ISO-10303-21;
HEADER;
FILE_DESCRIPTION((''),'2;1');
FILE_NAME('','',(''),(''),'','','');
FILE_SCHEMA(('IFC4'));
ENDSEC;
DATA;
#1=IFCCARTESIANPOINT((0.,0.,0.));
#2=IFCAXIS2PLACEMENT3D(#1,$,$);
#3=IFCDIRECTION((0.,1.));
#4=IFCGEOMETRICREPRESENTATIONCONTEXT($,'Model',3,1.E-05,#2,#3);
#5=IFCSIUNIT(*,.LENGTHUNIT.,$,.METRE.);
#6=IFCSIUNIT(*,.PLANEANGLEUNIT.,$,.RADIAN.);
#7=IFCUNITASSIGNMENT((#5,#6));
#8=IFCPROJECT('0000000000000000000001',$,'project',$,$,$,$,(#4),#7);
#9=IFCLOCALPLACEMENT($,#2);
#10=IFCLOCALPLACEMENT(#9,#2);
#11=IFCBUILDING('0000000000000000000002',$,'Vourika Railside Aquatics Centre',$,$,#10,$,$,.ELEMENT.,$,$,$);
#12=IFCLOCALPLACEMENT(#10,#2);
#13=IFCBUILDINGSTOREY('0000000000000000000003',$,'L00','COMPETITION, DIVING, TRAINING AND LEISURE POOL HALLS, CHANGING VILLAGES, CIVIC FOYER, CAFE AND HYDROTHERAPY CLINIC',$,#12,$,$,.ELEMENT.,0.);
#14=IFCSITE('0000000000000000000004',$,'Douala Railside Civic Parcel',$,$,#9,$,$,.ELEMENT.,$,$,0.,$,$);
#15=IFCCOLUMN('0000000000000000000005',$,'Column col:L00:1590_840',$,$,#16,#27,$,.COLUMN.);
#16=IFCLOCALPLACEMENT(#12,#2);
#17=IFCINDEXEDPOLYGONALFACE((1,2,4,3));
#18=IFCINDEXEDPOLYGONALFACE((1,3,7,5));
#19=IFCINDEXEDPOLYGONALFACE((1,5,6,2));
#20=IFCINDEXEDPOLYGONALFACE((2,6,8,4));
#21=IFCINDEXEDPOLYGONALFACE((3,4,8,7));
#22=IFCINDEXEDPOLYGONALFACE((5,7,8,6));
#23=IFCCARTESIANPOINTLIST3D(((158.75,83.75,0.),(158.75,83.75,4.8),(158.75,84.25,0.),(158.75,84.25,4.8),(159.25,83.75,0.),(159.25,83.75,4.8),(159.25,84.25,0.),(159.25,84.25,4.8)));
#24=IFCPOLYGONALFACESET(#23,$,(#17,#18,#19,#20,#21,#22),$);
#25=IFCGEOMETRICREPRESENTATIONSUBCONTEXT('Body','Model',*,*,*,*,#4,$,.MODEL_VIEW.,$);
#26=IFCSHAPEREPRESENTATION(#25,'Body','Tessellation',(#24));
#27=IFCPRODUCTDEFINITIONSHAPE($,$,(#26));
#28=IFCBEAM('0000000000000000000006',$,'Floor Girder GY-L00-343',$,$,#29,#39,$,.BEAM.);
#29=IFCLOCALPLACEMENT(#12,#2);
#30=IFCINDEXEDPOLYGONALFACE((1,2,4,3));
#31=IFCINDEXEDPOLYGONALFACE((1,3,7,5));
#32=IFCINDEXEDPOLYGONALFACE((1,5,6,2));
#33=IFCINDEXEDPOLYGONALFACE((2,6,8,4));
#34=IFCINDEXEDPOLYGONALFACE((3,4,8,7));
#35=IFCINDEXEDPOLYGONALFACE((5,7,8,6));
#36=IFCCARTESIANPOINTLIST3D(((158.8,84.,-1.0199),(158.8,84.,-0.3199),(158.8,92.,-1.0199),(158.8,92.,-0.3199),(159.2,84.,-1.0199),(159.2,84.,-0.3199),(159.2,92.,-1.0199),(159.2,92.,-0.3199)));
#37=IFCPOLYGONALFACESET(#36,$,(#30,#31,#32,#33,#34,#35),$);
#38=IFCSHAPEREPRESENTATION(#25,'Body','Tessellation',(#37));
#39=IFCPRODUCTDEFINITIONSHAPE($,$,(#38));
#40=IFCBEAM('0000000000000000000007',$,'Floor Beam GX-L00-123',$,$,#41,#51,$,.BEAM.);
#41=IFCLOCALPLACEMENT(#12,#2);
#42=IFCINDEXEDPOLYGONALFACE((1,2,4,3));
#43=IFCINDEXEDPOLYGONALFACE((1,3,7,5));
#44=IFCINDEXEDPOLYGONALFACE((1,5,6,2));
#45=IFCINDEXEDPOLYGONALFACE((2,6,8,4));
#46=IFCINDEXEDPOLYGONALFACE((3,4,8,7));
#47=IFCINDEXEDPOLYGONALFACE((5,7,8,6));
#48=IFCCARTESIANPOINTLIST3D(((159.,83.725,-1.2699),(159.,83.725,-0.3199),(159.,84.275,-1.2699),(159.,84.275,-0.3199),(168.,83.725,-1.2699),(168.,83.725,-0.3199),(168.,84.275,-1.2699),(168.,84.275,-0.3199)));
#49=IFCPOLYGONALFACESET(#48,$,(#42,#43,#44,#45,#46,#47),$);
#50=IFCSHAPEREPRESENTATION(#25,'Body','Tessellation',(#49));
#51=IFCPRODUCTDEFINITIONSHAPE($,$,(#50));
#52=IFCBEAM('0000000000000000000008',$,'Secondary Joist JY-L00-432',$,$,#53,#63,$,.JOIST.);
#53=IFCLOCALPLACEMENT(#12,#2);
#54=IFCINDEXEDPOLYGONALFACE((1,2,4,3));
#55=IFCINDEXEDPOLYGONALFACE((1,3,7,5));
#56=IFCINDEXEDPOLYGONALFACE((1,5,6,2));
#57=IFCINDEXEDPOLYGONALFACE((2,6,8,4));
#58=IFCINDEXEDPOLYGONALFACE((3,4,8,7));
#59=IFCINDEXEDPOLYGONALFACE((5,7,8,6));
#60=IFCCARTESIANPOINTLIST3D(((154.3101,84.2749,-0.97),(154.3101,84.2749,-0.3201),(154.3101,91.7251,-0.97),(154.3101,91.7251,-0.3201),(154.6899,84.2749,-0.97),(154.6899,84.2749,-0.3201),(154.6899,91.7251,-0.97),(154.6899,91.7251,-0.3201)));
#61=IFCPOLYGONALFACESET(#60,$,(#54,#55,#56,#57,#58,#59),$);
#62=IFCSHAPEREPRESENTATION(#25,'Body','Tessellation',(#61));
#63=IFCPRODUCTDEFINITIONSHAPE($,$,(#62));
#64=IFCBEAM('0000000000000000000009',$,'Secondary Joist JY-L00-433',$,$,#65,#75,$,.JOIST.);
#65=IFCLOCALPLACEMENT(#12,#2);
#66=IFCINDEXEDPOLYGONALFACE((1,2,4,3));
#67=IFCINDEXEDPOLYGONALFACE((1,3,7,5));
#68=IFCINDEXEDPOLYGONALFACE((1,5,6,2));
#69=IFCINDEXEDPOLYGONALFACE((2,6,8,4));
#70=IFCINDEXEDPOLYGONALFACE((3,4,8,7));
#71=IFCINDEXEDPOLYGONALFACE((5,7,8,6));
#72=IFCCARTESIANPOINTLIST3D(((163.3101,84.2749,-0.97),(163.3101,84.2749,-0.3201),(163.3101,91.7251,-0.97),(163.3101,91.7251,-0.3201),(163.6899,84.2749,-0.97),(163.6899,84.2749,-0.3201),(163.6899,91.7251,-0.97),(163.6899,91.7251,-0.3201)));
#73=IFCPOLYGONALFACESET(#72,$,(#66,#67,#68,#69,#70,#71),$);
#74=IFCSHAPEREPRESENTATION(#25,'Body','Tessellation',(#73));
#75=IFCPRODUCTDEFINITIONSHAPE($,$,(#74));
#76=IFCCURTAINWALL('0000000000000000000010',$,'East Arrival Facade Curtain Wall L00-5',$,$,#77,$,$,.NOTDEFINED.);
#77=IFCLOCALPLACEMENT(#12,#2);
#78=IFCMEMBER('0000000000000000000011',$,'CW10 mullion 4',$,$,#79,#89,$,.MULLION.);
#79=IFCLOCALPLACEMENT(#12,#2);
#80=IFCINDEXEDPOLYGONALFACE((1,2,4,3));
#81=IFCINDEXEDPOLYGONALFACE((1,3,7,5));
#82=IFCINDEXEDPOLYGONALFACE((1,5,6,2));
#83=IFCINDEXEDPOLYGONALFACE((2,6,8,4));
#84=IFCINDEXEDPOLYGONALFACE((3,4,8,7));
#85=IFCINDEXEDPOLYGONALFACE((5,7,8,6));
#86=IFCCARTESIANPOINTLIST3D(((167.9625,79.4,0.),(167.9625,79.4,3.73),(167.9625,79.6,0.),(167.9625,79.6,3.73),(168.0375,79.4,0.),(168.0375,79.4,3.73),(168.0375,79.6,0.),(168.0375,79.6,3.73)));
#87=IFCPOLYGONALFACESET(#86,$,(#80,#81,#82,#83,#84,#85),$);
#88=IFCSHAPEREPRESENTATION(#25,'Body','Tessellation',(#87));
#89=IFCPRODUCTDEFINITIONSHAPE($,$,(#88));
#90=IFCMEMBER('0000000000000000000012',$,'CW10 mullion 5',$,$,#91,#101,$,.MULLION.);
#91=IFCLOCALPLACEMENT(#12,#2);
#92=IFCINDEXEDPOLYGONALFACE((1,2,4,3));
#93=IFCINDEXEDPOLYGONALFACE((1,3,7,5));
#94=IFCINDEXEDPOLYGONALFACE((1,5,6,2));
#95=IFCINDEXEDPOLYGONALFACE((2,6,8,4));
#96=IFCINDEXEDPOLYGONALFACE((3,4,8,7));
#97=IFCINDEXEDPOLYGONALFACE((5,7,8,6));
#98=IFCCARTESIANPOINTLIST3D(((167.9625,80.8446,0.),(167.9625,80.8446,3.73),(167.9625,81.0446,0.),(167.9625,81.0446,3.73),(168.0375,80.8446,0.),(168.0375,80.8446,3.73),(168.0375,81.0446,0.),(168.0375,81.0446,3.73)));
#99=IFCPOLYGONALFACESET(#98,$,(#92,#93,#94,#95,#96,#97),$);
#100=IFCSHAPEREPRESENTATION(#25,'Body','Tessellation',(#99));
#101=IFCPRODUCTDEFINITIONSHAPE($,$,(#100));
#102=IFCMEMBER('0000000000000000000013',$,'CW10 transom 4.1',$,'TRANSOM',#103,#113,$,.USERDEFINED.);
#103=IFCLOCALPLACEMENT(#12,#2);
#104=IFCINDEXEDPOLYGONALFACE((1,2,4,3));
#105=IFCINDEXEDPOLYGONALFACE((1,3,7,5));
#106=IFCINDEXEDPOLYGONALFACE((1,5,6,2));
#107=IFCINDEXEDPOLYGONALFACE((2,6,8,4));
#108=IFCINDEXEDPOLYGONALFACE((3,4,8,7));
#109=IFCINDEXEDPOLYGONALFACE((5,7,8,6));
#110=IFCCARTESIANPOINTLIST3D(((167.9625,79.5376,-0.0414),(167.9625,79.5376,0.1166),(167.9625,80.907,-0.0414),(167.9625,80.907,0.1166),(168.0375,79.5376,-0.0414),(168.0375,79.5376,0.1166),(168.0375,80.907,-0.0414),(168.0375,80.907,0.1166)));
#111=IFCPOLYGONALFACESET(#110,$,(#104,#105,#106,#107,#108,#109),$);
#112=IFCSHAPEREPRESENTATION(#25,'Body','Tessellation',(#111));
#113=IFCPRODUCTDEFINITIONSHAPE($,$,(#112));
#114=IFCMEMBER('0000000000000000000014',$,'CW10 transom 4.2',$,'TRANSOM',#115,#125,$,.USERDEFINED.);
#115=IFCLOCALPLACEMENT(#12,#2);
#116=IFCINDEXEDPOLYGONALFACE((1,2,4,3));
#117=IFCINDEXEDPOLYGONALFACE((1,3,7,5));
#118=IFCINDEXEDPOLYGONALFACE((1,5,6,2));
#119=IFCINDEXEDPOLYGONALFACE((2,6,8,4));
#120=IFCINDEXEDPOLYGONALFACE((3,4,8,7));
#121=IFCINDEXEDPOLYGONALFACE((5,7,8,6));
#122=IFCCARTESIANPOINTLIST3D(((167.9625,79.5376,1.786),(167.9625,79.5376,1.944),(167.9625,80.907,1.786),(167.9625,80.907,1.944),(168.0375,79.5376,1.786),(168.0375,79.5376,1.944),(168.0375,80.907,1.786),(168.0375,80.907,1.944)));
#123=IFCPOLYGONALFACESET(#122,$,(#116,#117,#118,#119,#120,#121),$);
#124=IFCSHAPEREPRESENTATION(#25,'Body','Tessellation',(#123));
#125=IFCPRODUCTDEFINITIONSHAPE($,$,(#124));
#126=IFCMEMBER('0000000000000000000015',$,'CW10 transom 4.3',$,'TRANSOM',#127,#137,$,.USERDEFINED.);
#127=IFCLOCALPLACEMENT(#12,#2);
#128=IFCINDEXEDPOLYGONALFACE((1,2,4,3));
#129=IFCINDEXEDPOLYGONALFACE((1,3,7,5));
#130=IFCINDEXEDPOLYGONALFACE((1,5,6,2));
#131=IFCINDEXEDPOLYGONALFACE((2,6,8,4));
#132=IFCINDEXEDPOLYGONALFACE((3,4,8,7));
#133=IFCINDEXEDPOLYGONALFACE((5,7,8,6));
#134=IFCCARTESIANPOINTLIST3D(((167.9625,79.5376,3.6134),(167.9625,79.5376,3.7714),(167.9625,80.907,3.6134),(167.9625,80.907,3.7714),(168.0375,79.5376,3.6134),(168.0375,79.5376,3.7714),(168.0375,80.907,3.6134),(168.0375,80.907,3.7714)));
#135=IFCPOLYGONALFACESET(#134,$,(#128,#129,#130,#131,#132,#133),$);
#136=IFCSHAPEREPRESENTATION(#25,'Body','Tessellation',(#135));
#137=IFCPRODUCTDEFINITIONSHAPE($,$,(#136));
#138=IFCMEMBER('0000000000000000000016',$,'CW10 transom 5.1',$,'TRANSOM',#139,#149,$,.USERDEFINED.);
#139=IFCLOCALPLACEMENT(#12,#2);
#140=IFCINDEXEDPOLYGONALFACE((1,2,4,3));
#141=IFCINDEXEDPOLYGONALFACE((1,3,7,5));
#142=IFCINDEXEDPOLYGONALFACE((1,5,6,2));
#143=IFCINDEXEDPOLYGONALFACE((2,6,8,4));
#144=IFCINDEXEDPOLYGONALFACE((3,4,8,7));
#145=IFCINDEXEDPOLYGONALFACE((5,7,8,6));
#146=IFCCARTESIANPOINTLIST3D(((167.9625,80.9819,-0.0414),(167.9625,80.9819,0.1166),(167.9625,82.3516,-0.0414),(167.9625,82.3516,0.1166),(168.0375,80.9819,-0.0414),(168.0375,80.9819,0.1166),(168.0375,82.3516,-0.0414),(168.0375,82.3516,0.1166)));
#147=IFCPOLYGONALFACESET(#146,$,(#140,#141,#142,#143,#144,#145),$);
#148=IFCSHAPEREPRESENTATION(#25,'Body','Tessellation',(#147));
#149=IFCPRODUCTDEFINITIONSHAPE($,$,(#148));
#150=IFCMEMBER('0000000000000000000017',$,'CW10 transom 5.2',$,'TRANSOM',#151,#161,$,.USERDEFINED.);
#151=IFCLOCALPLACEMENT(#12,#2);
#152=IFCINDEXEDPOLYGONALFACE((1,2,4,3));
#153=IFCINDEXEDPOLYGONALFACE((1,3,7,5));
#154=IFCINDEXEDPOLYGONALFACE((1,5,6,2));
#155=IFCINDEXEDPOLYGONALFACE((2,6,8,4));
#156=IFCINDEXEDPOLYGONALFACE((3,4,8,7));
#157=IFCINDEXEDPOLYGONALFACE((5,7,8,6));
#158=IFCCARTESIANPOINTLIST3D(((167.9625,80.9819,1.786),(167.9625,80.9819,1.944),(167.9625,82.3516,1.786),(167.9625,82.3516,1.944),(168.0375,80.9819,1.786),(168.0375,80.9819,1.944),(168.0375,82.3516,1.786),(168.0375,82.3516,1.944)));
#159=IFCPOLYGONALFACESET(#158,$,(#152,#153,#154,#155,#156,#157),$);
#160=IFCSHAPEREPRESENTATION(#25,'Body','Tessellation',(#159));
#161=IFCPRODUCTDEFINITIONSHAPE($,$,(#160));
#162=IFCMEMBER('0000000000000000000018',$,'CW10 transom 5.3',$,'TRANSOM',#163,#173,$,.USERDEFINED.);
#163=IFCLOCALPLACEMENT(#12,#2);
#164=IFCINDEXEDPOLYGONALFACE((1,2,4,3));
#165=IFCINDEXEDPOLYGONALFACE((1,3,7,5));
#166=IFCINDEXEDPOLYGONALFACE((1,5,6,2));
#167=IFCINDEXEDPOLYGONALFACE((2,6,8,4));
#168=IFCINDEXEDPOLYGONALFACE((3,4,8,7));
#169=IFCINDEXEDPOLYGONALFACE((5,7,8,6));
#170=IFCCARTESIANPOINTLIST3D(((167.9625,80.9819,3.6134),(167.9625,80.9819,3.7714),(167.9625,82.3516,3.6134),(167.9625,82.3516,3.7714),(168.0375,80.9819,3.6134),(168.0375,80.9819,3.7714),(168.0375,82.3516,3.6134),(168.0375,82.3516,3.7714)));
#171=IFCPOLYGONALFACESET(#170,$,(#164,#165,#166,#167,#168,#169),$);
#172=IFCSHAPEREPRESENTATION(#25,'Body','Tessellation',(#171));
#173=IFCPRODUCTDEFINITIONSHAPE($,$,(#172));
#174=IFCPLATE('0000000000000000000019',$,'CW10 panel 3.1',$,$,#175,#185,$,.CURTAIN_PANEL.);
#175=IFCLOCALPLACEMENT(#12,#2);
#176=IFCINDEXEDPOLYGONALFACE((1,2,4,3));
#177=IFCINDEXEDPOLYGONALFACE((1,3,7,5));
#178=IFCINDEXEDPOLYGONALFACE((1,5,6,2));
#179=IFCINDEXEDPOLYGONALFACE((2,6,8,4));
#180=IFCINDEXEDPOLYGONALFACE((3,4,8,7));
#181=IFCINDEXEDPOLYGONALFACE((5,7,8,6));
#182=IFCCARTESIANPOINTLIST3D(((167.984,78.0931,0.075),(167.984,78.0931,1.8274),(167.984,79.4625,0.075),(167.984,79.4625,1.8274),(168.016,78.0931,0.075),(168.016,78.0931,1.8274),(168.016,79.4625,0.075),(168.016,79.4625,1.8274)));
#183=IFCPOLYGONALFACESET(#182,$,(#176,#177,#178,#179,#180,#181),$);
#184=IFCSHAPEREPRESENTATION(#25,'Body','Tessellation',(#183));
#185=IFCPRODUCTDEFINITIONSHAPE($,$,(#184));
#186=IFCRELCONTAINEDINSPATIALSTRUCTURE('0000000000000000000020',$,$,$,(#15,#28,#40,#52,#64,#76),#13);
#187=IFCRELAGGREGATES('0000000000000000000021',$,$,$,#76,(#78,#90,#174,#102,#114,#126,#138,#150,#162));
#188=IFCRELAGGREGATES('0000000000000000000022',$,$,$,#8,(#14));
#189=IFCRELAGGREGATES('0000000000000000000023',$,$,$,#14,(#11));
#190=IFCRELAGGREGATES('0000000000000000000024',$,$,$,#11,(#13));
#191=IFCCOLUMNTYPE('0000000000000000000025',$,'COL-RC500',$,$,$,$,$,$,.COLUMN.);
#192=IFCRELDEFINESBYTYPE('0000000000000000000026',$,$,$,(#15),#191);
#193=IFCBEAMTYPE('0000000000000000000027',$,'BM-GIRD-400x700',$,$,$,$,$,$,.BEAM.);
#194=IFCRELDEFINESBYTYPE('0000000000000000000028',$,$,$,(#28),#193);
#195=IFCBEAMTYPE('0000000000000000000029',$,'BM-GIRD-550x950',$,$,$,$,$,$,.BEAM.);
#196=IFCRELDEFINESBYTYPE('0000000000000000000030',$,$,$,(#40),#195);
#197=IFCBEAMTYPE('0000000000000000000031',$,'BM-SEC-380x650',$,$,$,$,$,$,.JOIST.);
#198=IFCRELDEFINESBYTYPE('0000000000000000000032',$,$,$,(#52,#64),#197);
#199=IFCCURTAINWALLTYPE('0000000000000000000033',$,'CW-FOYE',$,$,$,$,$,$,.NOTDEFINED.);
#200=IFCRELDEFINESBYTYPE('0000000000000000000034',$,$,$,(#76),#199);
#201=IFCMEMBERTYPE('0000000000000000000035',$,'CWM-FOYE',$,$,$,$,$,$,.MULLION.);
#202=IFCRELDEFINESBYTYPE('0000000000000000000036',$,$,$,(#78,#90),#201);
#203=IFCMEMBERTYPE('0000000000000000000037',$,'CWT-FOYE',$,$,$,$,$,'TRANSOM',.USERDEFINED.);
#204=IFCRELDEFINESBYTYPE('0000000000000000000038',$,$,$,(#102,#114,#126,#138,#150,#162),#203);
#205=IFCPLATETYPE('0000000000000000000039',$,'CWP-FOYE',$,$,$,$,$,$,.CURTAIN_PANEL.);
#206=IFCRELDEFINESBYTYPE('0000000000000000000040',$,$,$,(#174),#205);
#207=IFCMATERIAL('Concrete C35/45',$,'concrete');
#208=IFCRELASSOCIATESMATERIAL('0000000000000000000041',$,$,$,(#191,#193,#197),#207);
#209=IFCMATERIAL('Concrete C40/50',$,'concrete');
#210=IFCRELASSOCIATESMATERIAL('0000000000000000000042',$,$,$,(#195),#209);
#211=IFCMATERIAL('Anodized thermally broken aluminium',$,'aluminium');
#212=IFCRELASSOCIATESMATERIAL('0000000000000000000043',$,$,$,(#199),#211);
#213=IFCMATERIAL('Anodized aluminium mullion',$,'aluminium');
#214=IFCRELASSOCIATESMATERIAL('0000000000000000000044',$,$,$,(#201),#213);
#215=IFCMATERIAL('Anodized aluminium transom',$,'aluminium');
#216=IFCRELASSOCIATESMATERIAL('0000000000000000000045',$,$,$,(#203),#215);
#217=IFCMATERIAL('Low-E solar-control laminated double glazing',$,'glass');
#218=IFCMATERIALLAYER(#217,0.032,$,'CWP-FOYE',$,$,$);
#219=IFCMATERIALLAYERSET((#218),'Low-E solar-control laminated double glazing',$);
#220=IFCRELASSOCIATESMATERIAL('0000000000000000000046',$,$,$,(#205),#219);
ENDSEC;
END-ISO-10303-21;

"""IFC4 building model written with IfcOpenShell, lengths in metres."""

from ifc_helpers import new_model, si_unit, direction, frame, origin, origin_2d, place, context, subcontext, project, spatial, rectangle, extrude, material, layer, layer_set, material_profile, profile_set, type_object, element, aggregate, save


model = new_model("IFC4")

# Units and contexts
model_context = context("Model", 3, precision=1e-05, world=origin(), true_north=direction((0.0, 1.0)))
body_context = subcontext(model_context, "Body", "Model", "MODEL_VIEW")
ifc_project = project(units=[si_unit("LENGTHUNIT", "METRE"), si_unit("PLANEANGLEUNIT", "RADIAN")], contexts=[model_context])

# Site, building, storey
site_placement = place(None, origin())
site = spatial("IfcSite", under=ifc_project, at=site_placement, Name="Douala Railside Civic Parcel", CompositionType="ELEMENT", RefElevation=0.0)
building_placement = place(site_placement, origin())
building = spatial("IfcBuilding", under=site, at=building_placement, Name="Vourika Railside Aquatics Centre", CompositionType="ELEMENT")
storey_placement = place(building_placement, origin())
storey = spatial("IfcBuildingStorey", under=building, at=storey_placement, Name="L00", Description="COMPETITION, DIVING, TRAINING AND LEISURE POOL HALLS, CHANGING VILLAGES, CIVIC FOYER, CAFE AND HYDROTHERAPY CLINIC", CompositionType="ELEMENT", Elevation=0.0)

# Column
ifc_material_1 = material(Name="Concrete C35/45", Category="concrete")
ifc_material_profile_1 = material_profile(ifc_material_1, rectangle(XDim=0.5, YDim=0.5, at=origin_2d()), Name="RC 500x500")
ifc_profile_set_1 = profile_set([ifc_material_profile_1], Name="Concrete C35/45")
column_type = type_object("IfcColumnType", Name="COL-RC500", PredefinedType="COLUMN", material=ifc_profile_set_1)
column_placement = place(storey_placement, frame((159.0, 84.0, 0.0), z_axis=(0.0, 0.0, 1.0), x_axis=(1.0, 0.0, 0.0)))
element("IfcColumn", 1, at=column_placement, inside=storey, type_object=column_type, Name="Column col:L00:1590_840", PredefinedType="COLUMN", context=body_context, shape_type="SweptSolid", body=[
    extrude(rectangle(XDim=0.5, YDim=0.5, at=origin_2d()), origin(), (0.0, 0.0, 1.0), 4.8),
])

# Beams
ifc_material_profile_2 = material_profile(ifc_material_1, rectangle(XDim=0.3999, YDim=0.7, at=origin_2d()), Name="RC 400x700")
ifc_profile_set_2 = profile_set([ifc_material_profile_2], Name="Concrete C35/45")
beam_type_1 = type_object("IfcBeamType", Name="BM-GIRD-400x700", PredefinedType="BEAM", material=ifc_profile_set_2)
beam_1_placement = place(storey_placement, frame((159.0, 84.0, -0.6699), z_axis=(0.0, 1.0, 0.0), x_axis=(-1.0, 0.0, 0.0)))
element("IfcBeam", 2, at=beam_1_placement, inside=storey, type_object=beam_type_1, Name="Floor Girder GY-L00-343", PredefinedType="BEAM", context=body_context, shape_type="SweptSolid", body=[
    extrude(rectangle(XDim=0.3999, YDim=0.7, at=origin_2d()), origin(), (0.0, 0.0, 1.0), 8.0),
])
ifc_material_2 = material(Name="Concrete C40/50", Category="concrete")
ifc_material_profile_3 = material_profile(ifc_material_2, rectangle(XDim=0.55, YDim=0.95, at=origin_2d()), Name="RC 550x950")
ifc_profile_set_3 = profile_set([ifc_material_profile_3], Name="Concrete C40/50")
beam_type_2 = type_object("IfcBeamType", Name="BM-GIRD-550x950", PredefinedType="BEAM", material=ifc_profile_set_3)
beam_2_placement = place(storey_placement, frame((159.0, 84.0, -0.7949), z_axis=(1.0, 0.0, 0.0), x_axis=(0.0, 1.0, 0.0)))
element("IfcBeam", 3, at=beam_2_placement, inside=storey, type_object=beam_type_2, Name="Floor Beam GX-L00-123", PredefinedType="BEAM", context=body_context, shape_type="SweptSolid", body=[
    extrude(rectangle(XDim=0.55, YDim=0.95, at=origin_2d()), origin(), (0.0, 0.0, 1.0), 9.0),
])
ifc_material_profile_4 = material_profile(ifc_material_1, rectangle(XDim=0.3799, YDim=0.6499, at=origin_2d()), Name="RC 380x650")
ifc_profile_set_4 = profile_set([ifc_material_profile_4], Name="Concrete C35/45")
beam_type_3 = type_object("IfcBeamType", Name="BM-SEC-380x650", PredefinedType="JOIST", material=ifc_profile_set_4)
for number, where, z_axis, x_axis, name in (
    (4, (154.5, 84.2749, -0.645), (0.0, 1.0, 0.0), (-1.0, 0.0, 0.0), "Secondary Joist JY-L00-432"),
    (5, (163.5, 84.2749, -0.645), (0.0, 1.0, 0.0), (-1.0, 0.0, 0.0), "Secondary Joist JY-L00-433"),
):
    element("IfcBeam", number, at=place(storey_placement, frame(where, z_axis=z_axis, x_axis=x_axis)), inside=storey, type_object=beam_type_3, Name=name, PredefinedType="JOIST", context=body_context, shape_type="SweptSolid", body=[
        extrude(rectangle(XDim=0.3799, YDim=0.6499, at=origin_2d()), origin(), (0.0, 0.0, 1.0), 7.4502),
    ])

# Curtain wall, members, plate
ifc_material_3 = material(Name="Anodized thermally broken aluminium", Category="aluminium")
curtain_wall_type = type_object("IfcCurtainWallType", Name="CW-FOYE", PredefinedType="NOTDEFINED", material=ifc_material_3)
curtain_wall_placement = place(storey_placement, origin())
curtain_wall = element("IfcCurtainWall", 6, at=curtain_wall_placement, inside=storey, type_object=curtain_wall_type, Name="East Arrival Facade Curtain Wall L00-5", PredefinedType="NOTDEFINED")
ifc_material_4 = material(Name="Anodized aluminium mullion", Category="aluminium")
ifc_material_profile_5 = material_profile(ifc_material_4, rectangle(XDim=0.075, YDim=0.2, at=origin_2d()), Name="ALU-M 75x200")
ifc_profile_set_5 = profile_set([ifc_material_profile_5], Name="Anodized aluminium mullion")
member_type_1 = type_object("IfcMemberType", Name="CWM-FOYE", PredefinedType="MULLION", material=ifc_profile_set_5)
member_1_placement = place(storey_placement, frame((168.0, 79.5, 0.0), z_axis=(0.0, 0.0, 1.0), x_axis=(-1.0, 0.0, 0.0)))
member_1 = element("IfcMember", 7, at=member_1_placement, type_object=member_type_1, Name="CW10 mullion 4", PredefinedType="MULLION", context=body_context, shape_type="SweptSolid", body=[
    extrude(rectangle(XDim=0.075, YDim=0.2, at=origin_2d()), origin(), (0.0, 0.0, 1.0), 3.73),
])
member_2_placement = place(storey_placement, frame((168.0, 80.9446, 0.0), z_axis=(0.0, 0.0, 1.0), x_axis=(-1.0, 0.0, 0.0)))
member_2 = element("IfcMember", 8, at=member_2_placement, type_object=member_type_1, Name="CW10 mullion 5", PredefinedType="MULLION", context=body_context, shape_type="SweptSolid", body=[
    extrude(rectangle(XDim=0.075, YDim=0.2, at=origin_2d()), origin(), (0.0, 0.0, 1.0), 3.73),
])
ifc_material_5 = material(Name="Anodized aluminium transom", Category="aluminium")
ifc_material_profile_6 = material_profile(ifc_material_5, rectangle(XDim=0.075, YDim=0.158, at=origin_2d()), Name="ALU-T 75x158")
ifc_profile_set_6 = profile_set([ifc_material_profile_6], Name="Anodized aluminium transom")
member_type_2 = type_object("IfcMemberType", Name="CWT-FOYE", ElementType="TRANSOM", PredefinedType="USERDEFINED", material=ifc_profile_set_6)
member_3_placement = place(storey_placement, frame((168.0, 79.5376, 0.0376), z_axis=(0.0, 1.0, 0.0), x_axis=(-1.0, 0.0, 0.0)))
member_3 = element("IfcMember", 9, at=member_3_placement, type_object=member_type_2, Name="CW10 transom 4.1", ObjectType="TRANSOM", PredefinedType="USERDEFINED", context=body_context, shape_type="SweptSolid", body=[
    extrude(rectangle(XDim=0.075, YDim=0.158, at=origin_2d()), origin(), (0.0, 0.0, 1.0), 1.3694),
])
member_4_placement = place(storey_placement, frame((168.0, 79.5376, 1.865), z_axis=(0.0, 1.0, 0.0), x_axis=(-1.0, 0.0, 0.0)))
member_4 = element("IfcMember", 10, at=member_4_placement, type_object=member_type_2, Name="CW10 transom 4.2", ObjectType="TRANSOM", PredefinedType="USERDEFINED", context=body_context, shape_type="SweptSolid", body=[
    extrude(rectangle(XDim=0.075, YDim=0.158, at=origin_2d()), origin(), (0.0, 0.0, 1.0), 1.3694),
])
member_5_placement = place(storey_placement, frame((168.0, 79.5376, 3.6924), z_axis=(0.0, 1.0, 0.0), x_axis=(-1.0, 0.0, 0.0)))
member_5 = element("IfcMember", 11, at=member_5_placement, type_object=member_type_2, Name="CW10 transom 4.3", ObjectType="TRANSOM", PredefinedType="USERDEFINED", context=body_context, shape_type="SweptSolid", body=[
    extrude(rectangle(XDim=0.075, YDim=0.158, at=origin_2d()), origin(), (0.0, 0.0, 1.0), 1.3694),
])
member_6_placement = place(storey_placement, frame((168.0, 80.9819, 0.0376), z_axis=(0.0, 1.0, 0.0), x_axis=(-1.0, 0.0, 0.0)))
member_6 = element("IfcMember", 12, at=member_6_placement, type_object=member_type_2, Name="CW10 transom 5.1", ObjectType="TRANSOM", PredefinedType="USERDEFINED", context=body_context, shape_type="SweptSolid", body=[
    extrude(rectangle(XDim=0.075, YDim=0.158, at=origin_2d()), origin(), (0.0, 0.0, 1.0), 1.3696),
])
member_7_placement = place(storey_placement, frame((168.0, 80.9819, 1.865), z_axis=(0.0, 1.0, 0.0), x_axis=(-1.0, 0.0, 0.0)))
member_7 = element("IfcMember", 13, at=member_7_placement, type_object=member_type_2, Name="CW10 transom 5.2", ObjectType="TRANSOM", PredefinedType="USERDEFINED", context=body_context, shape_type="SweptSolid", body=[
    extrude(rectangle(XDim=0.075, YDim=0.158, at=origin_2d()), origin(), (0.0, 0.0, 1.0), 1.3696),
])
member_8_placement = place(storey_placement, frame((168.0, 80.9819, 3.6924), z_axis=(0.0, 1.0, 0.0), x_axis=(-1.0, 0.0, 0.0)))
member_8 = element("IfcMember", 14, at=member_8_placement, type_object=member_type_2, Name="CW10 transom 5.3", ObjectType="TRANSOM", PredefinedType="USERDEFINED", context=body_context, shape_type="SweptSolid", body=[
    extrude(rectangle(XDim=0.075, YDim=0.158, at=origin_2d()), origin(), (0.0, 0.0, 1.0), 1.3696),
])
ifc_material_6 = material(Name="Low-E solar-control laminated double glazing", Category="glass")
ifc_layer_1 = layer(ifc_material_6, 0.032, Name="CWP-FOYE")
ifc_layer_set_1 = layer_set([ifc_layer_1], Name="Low-E solar-control laminated double glazing")
plate_type = type_object("IfcPlateType", Name="CWP-FOYE", PredefinedType="CURTAIN_PANEL", material=ifc_layer_set_1)
plate_1_placement = place(storey_placement, frame((168.0, 78.7778, 0.075), z_axis=(0.0, 0.0, 1.0), x_axis=(0.0, 1.0, 0.0)))
plate_1 = element("IfcPlate", 15, at=plate_1_placement, type_object=plate_type, Name="CW10 panel 3.1", PredefinedType="CURTAIN_PANEL", context=body_context, shape_type="SweptSolid", body=[
    extrude(rectangle(XDim=1.3694, YDim=0.032, at=origin_2d()), origin(), (0.0, 0.0, 1.0), 1.7524),
])
aggregate(curtain_wall, [member_1, member_2, plate_1, member_3, member_4, member_5, member_6, member_7, member_8])

save(model, "model.ifc")
